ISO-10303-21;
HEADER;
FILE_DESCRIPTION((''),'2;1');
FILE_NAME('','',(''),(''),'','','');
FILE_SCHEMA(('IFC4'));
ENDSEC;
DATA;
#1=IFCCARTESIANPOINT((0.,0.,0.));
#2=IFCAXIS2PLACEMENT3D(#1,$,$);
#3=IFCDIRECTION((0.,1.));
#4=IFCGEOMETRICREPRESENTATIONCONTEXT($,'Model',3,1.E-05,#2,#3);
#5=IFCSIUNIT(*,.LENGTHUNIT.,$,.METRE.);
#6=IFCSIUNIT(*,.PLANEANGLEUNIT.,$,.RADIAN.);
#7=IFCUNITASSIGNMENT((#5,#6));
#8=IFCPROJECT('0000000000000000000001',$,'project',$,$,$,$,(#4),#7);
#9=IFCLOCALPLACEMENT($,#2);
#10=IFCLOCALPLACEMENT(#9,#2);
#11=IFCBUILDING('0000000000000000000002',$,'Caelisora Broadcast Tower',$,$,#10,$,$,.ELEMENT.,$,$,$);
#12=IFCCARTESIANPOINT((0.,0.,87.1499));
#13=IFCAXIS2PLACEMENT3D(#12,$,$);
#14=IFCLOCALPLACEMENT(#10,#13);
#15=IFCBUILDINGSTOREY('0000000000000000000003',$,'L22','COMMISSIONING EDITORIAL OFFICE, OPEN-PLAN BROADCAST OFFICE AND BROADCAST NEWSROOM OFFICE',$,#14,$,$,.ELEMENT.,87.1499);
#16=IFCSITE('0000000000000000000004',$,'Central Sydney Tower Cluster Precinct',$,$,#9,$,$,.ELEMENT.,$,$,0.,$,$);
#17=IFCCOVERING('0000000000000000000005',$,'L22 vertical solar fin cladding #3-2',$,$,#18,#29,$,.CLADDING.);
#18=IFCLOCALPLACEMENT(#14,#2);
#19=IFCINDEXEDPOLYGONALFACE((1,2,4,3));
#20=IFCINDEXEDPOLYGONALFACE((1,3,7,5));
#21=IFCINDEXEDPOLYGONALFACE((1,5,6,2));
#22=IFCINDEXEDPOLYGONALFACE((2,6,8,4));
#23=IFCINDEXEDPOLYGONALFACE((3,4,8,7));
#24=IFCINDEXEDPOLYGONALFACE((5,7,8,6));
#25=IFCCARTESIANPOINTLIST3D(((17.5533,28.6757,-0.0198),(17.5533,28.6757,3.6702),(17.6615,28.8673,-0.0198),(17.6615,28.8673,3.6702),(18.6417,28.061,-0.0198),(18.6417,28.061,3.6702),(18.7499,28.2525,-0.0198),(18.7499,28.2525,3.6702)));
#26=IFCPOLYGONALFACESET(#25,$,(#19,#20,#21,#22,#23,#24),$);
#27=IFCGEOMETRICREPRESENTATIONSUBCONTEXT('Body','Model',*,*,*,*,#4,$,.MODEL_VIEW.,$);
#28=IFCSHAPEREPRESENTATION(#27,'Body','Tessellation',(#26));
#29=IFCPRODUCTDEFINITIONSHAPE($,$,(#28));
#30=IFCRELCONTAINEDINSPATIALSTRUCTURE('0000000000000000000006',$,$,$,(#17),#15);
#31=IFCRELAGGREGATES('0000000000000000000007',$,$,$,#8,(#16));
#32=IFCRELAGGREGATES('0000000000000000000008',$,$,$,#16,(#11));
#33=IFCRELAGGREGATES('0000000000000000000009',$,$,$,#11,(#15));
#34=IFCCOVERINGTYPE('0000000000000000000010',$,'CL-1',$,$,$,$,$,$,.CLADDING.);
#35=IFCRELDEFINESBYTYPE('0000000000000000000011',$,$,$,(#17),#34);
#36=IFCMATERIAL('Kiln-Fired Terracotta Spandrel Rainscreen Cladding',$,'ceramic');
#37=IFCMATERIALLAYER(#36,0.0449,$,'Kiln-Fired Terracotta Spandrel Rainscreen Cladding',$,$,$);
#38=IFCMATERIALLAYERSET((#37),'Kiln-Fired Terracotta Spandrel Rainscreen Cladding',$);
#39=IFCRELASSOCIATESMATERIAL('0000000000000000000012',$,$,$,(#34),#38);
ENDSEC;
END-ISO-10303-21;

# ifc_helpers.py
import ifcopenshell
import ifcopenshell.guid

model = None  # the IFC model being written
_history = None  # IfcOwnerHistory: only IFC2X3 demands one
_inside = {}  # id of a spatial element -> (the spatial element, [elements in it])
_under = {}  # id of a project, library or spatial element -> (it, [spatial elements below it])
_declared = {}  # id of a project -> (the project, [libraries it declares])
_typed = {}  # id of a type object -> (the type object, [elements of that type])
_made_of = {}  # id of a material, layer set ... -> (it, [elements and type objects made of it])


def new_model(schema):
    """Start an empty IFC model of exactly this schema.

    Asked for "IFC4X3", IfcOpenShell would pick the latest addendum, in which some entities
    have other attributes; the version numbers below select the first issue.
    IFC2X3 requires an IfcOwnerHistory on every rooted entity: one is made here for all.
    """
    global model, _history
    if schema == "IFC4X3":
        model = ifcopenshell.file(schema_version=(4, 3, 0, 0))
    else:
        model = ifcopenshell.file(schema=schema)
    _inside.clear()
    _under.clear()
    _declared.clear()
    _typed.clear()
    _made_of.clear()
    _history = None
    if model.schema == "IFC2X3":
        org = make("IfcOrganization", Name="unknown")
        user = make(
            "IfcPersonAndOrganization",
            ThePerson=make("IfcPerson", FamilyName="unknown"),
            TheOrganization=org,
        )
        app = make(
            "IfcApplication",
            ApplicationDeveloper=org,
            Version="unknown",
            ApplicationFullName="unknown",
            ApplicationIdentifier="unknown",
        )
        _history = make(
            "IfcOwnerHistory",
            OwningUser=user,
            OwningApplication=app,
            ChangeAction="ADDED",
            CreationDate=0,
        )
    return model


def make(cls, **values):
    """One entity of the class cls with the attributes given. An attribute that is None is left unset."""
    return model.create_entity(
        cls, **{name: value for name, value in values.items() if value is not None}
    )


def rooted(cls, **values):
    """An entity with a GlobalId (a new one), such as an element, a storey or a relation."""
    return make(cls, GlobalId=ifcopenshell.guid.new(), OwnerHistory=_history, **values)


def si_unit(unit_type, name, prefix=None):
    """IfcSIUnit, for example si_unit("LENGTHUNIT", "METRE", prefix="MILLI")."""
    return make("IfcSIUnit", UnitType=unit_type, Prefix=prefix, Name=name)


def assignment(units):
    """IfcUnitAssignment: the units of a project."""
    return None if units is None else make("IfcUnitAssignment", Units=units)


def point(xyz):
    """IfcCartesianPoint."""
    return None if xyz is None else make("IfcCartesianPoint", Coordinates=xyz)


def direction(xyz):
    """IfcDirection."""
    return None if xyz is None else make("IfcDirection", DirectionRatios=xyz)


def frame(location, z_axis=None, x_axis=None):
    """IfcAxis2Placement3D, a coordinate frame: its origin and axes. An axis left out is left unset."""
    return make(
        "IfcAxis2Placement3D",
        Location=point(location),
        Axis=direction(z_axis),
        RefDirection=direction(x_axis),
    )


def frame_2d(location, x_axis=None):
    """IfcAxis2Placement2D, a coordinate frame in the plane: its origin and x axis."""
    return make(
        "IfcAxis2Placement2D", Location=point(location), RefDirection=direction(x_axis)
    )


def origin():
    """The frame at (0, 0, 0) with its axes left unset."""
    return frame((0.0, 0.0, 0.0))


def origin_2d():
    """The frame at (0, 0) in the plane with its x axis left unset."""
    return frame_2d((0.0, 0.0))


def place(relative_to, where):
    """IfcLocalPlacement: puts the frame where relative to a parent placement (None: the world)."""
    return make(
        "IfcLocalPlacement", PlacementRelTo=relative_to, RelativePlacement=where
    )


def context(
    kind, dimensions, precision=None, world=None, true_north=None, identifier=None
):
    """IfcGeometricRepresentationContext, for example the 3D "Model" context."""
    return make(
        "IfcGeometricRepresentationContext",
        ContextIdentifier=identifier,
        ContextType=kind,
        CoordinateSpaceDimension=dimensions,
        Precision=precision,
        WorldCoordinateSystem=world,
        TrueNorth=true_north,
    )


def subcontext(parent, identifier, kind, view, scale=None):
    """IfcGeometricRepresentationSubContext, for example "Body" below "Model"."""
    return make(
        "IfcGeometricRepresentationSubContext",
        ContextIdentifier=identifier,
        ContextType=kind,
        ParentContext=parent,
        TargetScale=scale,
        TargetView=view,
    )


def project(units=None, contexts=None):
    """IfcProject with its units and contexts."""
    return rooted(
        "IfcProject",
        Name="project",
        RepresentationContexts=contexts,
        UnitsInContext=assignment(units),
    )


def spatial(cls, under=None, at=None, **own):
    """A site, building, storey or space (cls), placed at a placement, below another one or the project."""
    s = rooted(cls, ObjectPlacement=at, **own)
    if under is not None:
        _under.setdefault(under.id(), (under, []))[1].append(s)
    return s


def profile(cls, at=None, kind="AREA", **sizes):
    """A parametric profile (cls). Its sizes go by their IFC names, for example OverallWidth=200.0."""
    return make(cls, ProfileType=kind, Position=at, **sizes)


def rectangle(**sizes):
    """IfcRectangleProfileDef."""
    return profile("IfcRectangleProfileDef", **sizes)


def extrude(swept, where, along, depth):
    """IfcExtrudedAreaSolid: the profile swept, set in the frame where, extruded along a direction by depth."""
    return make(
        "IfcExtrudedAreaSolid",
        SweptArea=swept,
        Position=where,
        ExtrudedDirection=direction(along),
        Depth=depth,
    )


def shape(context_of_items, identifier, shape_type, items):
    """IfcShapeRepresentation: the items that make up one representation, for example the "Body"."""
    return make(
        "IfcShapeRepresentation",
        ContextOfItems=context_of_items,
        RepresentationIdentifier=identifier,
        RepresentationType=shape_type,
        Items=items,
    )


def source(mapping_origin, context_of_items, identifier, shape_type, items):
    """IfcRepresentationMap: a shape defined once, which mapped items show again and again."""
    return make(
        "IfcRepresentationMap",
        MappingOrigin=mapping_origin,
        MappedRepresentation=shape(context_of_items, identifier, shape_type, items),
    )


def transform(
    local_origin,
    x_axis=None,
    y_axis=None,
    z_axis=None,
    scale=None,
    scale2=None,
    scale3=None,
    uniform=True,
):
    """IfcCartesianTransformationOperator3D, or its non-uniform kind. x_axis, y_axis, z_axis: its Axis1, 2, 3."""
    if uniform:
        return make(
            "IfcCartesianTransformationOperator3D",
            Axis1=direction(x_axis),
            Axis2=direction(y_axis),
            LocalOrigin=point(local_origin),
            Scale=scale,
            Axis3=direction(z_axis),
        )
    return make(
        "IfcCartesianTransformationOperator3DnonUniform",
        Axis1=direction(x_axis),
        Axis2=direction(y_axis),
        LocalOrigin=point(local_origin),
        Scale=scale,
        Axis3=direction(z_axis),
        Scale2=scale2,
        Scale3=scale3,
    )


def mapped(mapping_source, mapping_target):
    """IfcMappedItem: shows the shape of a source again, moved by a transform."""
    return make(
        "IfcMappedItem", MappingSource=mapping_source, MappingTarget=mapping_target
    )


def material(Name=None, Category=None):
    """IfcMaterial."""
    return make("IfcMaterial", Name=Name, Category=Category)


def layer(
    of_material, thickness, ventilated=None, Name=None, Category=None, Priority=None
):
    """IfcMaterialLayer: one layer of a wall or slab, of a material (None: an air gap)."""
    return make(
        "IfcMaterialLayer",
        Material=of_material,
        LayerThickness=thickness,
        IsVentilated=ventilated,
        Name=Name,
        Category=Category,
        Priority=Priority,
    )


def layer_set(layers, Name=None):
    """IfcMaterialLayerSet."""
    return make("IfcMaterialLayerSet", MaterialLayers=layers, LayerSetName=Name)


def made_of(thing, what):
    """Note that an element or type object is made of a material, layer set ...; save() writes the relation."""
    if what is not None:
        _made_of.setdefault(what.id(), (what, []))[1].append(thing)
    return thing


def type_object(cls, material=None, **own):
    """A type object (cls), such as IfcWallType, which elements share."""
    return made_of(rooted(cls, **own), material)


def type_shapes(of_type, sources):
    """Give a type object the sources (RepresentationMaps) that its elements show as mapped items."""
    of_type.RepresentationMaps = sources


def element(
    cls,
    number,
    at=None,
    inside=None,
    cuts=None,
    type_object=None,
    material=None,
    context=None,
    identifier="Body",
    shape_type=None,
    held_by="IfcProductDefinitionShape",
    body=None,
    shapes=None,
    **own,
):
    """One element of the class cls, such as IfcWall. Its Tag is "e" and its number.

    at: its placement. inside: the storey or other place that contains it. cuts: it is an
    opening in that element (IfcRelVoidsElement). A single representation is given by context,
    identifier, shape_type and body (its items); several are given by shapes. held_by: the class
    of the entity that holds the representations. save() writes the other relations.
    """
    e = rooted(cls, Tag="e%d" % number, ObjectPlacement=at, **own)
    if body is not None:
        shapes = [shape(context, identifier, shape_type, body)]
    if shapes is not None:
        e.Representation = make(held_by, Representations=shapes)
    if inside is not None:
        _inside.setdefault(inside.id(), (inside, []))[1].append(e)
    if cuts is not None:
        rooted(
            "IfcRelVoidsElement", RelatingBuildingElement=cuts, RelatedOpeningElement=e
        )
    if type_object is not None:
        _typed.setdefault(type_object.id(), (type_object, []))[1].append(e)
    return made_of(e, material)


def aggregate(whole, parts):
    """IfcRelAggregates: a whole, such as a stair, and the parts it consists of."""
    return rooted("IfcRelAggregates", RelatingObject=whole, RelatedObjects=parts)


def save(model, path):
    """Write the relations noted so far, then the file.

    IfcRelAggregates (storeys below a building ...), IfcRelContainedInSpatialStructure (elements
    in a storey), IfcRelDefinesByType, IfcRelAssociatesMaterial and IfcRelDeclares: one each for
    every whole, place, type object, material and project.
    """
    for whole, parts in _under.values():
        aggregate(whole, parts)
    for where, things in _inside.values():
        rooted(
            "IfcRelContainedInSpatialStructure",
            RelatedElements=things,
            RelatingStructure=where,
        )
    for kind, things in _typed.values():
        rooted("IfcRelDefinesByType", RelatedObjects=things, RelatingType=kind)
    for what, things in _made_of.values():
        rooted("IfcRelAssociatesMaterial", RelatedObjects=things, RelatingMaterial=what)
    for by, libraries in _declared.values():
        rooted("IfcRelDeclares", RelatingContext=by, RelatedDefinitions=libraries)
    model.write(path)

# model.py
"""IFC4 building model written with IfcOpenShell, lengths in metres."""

from ifc_helpers import new_model, si_unit, direction, frame, origin, origin_2d, place, context, subcontext, project, spatial, rectangle, extrude, source, transform, mapped, material, layer, layer_set, type_object, type_shapes, element, save


model = new_model("IFC4")

# Units and contexts
model_context = context("Model", 3, precision=1e-05, world=origin(), true_north=direction((0.0, 1.0)))
body_context = subcontext(model_context, "Body", "Model", "MODEL_VIEW")
ifc_project = project(units=[si_unit("LENGTHUNIT", "METRE"), si_unit("PLANEANGLEUNIT", "RADIAN")], contexts=[model_context])

# Site, building, storey
site_placement = place(None, origin())
site = spatial("IfcSite", under=ifc_project, at=site_placement, Name="Central Sydney Tower Cluster Precinct", CompositionType="ELEMENT", RefElevation=0.0)
building_placement = place(site_placement, origin())
building = spatial("IfcBuilding", under=site, at=building_placement, Name="Caelisora Broadcast Tower", CompositionType="ELEMENT")
storey_placement = place(building_placement, frame((0.0, 0.0, 87.1499)))
storey = spatial("IfcBuildingStorey", under=building, at=storey_placement, Name="L22", Description="COMMISSIONING EDITORIAL OFFICE, OPEN-PLAN BROADCAST OFFICE AND BROADCAST NEWSROOM OFFICE", CompositionType="ELEMENT", Elevation=87.1499)

# Covering
ifc_material_1 = material(Name="Kiln-Fired Terracotta Spandrel Rainscreen Cladding", Category="ceramic")
ifc_layer_1 = layer(ifc_material_1, 0.0449, Name="Kiln-Fired Terracotta Spandrel Rainscreen Cladding")
ifc_layer_set_1 = layer_set([ifc_layer_1], Name="Kiln-Fired Terracotta Spandrel Rainscreen Cladding")
covering_type = type_object("IfcCoveringType", Name="CL-1", PredefinedType="CLADDING", material=ifc_layer_set_1)
shared_shape_1 = source(origin(), body_context, "Body", "SweptSolid", [
    extrude(rectangle(XDim=0.22, YDim=1.25, at=origin_2d()), origin(), (0.0, 0.0, 1.0), 3.6899),
])
type_shapes(covering_type, [shared_shape_1])
for number, where, z_axis, x_axis, name in (
    (1, (18.1516, 28.4641, -0.0198), (0.0, 0.0, 1.0), (0.491816, 0.870699, 0.0), "L22 vertical solar fin cladding #3-2"),
):
    element("IfcCovering", number, at=place(storey_placement, frame(where, z_axis=z_axis, x_axis=x_axis)), inside=storey, type_object=covering_type, Name=name, PredefinedType="CLADDING", context=body_context, shape_type="MappedRepresentation", body=[
        mapped(shared_shape_1, transform((0.0, 0.0, 0.0), scale=1.0)),
    ])

save(model, "model.ifc")
